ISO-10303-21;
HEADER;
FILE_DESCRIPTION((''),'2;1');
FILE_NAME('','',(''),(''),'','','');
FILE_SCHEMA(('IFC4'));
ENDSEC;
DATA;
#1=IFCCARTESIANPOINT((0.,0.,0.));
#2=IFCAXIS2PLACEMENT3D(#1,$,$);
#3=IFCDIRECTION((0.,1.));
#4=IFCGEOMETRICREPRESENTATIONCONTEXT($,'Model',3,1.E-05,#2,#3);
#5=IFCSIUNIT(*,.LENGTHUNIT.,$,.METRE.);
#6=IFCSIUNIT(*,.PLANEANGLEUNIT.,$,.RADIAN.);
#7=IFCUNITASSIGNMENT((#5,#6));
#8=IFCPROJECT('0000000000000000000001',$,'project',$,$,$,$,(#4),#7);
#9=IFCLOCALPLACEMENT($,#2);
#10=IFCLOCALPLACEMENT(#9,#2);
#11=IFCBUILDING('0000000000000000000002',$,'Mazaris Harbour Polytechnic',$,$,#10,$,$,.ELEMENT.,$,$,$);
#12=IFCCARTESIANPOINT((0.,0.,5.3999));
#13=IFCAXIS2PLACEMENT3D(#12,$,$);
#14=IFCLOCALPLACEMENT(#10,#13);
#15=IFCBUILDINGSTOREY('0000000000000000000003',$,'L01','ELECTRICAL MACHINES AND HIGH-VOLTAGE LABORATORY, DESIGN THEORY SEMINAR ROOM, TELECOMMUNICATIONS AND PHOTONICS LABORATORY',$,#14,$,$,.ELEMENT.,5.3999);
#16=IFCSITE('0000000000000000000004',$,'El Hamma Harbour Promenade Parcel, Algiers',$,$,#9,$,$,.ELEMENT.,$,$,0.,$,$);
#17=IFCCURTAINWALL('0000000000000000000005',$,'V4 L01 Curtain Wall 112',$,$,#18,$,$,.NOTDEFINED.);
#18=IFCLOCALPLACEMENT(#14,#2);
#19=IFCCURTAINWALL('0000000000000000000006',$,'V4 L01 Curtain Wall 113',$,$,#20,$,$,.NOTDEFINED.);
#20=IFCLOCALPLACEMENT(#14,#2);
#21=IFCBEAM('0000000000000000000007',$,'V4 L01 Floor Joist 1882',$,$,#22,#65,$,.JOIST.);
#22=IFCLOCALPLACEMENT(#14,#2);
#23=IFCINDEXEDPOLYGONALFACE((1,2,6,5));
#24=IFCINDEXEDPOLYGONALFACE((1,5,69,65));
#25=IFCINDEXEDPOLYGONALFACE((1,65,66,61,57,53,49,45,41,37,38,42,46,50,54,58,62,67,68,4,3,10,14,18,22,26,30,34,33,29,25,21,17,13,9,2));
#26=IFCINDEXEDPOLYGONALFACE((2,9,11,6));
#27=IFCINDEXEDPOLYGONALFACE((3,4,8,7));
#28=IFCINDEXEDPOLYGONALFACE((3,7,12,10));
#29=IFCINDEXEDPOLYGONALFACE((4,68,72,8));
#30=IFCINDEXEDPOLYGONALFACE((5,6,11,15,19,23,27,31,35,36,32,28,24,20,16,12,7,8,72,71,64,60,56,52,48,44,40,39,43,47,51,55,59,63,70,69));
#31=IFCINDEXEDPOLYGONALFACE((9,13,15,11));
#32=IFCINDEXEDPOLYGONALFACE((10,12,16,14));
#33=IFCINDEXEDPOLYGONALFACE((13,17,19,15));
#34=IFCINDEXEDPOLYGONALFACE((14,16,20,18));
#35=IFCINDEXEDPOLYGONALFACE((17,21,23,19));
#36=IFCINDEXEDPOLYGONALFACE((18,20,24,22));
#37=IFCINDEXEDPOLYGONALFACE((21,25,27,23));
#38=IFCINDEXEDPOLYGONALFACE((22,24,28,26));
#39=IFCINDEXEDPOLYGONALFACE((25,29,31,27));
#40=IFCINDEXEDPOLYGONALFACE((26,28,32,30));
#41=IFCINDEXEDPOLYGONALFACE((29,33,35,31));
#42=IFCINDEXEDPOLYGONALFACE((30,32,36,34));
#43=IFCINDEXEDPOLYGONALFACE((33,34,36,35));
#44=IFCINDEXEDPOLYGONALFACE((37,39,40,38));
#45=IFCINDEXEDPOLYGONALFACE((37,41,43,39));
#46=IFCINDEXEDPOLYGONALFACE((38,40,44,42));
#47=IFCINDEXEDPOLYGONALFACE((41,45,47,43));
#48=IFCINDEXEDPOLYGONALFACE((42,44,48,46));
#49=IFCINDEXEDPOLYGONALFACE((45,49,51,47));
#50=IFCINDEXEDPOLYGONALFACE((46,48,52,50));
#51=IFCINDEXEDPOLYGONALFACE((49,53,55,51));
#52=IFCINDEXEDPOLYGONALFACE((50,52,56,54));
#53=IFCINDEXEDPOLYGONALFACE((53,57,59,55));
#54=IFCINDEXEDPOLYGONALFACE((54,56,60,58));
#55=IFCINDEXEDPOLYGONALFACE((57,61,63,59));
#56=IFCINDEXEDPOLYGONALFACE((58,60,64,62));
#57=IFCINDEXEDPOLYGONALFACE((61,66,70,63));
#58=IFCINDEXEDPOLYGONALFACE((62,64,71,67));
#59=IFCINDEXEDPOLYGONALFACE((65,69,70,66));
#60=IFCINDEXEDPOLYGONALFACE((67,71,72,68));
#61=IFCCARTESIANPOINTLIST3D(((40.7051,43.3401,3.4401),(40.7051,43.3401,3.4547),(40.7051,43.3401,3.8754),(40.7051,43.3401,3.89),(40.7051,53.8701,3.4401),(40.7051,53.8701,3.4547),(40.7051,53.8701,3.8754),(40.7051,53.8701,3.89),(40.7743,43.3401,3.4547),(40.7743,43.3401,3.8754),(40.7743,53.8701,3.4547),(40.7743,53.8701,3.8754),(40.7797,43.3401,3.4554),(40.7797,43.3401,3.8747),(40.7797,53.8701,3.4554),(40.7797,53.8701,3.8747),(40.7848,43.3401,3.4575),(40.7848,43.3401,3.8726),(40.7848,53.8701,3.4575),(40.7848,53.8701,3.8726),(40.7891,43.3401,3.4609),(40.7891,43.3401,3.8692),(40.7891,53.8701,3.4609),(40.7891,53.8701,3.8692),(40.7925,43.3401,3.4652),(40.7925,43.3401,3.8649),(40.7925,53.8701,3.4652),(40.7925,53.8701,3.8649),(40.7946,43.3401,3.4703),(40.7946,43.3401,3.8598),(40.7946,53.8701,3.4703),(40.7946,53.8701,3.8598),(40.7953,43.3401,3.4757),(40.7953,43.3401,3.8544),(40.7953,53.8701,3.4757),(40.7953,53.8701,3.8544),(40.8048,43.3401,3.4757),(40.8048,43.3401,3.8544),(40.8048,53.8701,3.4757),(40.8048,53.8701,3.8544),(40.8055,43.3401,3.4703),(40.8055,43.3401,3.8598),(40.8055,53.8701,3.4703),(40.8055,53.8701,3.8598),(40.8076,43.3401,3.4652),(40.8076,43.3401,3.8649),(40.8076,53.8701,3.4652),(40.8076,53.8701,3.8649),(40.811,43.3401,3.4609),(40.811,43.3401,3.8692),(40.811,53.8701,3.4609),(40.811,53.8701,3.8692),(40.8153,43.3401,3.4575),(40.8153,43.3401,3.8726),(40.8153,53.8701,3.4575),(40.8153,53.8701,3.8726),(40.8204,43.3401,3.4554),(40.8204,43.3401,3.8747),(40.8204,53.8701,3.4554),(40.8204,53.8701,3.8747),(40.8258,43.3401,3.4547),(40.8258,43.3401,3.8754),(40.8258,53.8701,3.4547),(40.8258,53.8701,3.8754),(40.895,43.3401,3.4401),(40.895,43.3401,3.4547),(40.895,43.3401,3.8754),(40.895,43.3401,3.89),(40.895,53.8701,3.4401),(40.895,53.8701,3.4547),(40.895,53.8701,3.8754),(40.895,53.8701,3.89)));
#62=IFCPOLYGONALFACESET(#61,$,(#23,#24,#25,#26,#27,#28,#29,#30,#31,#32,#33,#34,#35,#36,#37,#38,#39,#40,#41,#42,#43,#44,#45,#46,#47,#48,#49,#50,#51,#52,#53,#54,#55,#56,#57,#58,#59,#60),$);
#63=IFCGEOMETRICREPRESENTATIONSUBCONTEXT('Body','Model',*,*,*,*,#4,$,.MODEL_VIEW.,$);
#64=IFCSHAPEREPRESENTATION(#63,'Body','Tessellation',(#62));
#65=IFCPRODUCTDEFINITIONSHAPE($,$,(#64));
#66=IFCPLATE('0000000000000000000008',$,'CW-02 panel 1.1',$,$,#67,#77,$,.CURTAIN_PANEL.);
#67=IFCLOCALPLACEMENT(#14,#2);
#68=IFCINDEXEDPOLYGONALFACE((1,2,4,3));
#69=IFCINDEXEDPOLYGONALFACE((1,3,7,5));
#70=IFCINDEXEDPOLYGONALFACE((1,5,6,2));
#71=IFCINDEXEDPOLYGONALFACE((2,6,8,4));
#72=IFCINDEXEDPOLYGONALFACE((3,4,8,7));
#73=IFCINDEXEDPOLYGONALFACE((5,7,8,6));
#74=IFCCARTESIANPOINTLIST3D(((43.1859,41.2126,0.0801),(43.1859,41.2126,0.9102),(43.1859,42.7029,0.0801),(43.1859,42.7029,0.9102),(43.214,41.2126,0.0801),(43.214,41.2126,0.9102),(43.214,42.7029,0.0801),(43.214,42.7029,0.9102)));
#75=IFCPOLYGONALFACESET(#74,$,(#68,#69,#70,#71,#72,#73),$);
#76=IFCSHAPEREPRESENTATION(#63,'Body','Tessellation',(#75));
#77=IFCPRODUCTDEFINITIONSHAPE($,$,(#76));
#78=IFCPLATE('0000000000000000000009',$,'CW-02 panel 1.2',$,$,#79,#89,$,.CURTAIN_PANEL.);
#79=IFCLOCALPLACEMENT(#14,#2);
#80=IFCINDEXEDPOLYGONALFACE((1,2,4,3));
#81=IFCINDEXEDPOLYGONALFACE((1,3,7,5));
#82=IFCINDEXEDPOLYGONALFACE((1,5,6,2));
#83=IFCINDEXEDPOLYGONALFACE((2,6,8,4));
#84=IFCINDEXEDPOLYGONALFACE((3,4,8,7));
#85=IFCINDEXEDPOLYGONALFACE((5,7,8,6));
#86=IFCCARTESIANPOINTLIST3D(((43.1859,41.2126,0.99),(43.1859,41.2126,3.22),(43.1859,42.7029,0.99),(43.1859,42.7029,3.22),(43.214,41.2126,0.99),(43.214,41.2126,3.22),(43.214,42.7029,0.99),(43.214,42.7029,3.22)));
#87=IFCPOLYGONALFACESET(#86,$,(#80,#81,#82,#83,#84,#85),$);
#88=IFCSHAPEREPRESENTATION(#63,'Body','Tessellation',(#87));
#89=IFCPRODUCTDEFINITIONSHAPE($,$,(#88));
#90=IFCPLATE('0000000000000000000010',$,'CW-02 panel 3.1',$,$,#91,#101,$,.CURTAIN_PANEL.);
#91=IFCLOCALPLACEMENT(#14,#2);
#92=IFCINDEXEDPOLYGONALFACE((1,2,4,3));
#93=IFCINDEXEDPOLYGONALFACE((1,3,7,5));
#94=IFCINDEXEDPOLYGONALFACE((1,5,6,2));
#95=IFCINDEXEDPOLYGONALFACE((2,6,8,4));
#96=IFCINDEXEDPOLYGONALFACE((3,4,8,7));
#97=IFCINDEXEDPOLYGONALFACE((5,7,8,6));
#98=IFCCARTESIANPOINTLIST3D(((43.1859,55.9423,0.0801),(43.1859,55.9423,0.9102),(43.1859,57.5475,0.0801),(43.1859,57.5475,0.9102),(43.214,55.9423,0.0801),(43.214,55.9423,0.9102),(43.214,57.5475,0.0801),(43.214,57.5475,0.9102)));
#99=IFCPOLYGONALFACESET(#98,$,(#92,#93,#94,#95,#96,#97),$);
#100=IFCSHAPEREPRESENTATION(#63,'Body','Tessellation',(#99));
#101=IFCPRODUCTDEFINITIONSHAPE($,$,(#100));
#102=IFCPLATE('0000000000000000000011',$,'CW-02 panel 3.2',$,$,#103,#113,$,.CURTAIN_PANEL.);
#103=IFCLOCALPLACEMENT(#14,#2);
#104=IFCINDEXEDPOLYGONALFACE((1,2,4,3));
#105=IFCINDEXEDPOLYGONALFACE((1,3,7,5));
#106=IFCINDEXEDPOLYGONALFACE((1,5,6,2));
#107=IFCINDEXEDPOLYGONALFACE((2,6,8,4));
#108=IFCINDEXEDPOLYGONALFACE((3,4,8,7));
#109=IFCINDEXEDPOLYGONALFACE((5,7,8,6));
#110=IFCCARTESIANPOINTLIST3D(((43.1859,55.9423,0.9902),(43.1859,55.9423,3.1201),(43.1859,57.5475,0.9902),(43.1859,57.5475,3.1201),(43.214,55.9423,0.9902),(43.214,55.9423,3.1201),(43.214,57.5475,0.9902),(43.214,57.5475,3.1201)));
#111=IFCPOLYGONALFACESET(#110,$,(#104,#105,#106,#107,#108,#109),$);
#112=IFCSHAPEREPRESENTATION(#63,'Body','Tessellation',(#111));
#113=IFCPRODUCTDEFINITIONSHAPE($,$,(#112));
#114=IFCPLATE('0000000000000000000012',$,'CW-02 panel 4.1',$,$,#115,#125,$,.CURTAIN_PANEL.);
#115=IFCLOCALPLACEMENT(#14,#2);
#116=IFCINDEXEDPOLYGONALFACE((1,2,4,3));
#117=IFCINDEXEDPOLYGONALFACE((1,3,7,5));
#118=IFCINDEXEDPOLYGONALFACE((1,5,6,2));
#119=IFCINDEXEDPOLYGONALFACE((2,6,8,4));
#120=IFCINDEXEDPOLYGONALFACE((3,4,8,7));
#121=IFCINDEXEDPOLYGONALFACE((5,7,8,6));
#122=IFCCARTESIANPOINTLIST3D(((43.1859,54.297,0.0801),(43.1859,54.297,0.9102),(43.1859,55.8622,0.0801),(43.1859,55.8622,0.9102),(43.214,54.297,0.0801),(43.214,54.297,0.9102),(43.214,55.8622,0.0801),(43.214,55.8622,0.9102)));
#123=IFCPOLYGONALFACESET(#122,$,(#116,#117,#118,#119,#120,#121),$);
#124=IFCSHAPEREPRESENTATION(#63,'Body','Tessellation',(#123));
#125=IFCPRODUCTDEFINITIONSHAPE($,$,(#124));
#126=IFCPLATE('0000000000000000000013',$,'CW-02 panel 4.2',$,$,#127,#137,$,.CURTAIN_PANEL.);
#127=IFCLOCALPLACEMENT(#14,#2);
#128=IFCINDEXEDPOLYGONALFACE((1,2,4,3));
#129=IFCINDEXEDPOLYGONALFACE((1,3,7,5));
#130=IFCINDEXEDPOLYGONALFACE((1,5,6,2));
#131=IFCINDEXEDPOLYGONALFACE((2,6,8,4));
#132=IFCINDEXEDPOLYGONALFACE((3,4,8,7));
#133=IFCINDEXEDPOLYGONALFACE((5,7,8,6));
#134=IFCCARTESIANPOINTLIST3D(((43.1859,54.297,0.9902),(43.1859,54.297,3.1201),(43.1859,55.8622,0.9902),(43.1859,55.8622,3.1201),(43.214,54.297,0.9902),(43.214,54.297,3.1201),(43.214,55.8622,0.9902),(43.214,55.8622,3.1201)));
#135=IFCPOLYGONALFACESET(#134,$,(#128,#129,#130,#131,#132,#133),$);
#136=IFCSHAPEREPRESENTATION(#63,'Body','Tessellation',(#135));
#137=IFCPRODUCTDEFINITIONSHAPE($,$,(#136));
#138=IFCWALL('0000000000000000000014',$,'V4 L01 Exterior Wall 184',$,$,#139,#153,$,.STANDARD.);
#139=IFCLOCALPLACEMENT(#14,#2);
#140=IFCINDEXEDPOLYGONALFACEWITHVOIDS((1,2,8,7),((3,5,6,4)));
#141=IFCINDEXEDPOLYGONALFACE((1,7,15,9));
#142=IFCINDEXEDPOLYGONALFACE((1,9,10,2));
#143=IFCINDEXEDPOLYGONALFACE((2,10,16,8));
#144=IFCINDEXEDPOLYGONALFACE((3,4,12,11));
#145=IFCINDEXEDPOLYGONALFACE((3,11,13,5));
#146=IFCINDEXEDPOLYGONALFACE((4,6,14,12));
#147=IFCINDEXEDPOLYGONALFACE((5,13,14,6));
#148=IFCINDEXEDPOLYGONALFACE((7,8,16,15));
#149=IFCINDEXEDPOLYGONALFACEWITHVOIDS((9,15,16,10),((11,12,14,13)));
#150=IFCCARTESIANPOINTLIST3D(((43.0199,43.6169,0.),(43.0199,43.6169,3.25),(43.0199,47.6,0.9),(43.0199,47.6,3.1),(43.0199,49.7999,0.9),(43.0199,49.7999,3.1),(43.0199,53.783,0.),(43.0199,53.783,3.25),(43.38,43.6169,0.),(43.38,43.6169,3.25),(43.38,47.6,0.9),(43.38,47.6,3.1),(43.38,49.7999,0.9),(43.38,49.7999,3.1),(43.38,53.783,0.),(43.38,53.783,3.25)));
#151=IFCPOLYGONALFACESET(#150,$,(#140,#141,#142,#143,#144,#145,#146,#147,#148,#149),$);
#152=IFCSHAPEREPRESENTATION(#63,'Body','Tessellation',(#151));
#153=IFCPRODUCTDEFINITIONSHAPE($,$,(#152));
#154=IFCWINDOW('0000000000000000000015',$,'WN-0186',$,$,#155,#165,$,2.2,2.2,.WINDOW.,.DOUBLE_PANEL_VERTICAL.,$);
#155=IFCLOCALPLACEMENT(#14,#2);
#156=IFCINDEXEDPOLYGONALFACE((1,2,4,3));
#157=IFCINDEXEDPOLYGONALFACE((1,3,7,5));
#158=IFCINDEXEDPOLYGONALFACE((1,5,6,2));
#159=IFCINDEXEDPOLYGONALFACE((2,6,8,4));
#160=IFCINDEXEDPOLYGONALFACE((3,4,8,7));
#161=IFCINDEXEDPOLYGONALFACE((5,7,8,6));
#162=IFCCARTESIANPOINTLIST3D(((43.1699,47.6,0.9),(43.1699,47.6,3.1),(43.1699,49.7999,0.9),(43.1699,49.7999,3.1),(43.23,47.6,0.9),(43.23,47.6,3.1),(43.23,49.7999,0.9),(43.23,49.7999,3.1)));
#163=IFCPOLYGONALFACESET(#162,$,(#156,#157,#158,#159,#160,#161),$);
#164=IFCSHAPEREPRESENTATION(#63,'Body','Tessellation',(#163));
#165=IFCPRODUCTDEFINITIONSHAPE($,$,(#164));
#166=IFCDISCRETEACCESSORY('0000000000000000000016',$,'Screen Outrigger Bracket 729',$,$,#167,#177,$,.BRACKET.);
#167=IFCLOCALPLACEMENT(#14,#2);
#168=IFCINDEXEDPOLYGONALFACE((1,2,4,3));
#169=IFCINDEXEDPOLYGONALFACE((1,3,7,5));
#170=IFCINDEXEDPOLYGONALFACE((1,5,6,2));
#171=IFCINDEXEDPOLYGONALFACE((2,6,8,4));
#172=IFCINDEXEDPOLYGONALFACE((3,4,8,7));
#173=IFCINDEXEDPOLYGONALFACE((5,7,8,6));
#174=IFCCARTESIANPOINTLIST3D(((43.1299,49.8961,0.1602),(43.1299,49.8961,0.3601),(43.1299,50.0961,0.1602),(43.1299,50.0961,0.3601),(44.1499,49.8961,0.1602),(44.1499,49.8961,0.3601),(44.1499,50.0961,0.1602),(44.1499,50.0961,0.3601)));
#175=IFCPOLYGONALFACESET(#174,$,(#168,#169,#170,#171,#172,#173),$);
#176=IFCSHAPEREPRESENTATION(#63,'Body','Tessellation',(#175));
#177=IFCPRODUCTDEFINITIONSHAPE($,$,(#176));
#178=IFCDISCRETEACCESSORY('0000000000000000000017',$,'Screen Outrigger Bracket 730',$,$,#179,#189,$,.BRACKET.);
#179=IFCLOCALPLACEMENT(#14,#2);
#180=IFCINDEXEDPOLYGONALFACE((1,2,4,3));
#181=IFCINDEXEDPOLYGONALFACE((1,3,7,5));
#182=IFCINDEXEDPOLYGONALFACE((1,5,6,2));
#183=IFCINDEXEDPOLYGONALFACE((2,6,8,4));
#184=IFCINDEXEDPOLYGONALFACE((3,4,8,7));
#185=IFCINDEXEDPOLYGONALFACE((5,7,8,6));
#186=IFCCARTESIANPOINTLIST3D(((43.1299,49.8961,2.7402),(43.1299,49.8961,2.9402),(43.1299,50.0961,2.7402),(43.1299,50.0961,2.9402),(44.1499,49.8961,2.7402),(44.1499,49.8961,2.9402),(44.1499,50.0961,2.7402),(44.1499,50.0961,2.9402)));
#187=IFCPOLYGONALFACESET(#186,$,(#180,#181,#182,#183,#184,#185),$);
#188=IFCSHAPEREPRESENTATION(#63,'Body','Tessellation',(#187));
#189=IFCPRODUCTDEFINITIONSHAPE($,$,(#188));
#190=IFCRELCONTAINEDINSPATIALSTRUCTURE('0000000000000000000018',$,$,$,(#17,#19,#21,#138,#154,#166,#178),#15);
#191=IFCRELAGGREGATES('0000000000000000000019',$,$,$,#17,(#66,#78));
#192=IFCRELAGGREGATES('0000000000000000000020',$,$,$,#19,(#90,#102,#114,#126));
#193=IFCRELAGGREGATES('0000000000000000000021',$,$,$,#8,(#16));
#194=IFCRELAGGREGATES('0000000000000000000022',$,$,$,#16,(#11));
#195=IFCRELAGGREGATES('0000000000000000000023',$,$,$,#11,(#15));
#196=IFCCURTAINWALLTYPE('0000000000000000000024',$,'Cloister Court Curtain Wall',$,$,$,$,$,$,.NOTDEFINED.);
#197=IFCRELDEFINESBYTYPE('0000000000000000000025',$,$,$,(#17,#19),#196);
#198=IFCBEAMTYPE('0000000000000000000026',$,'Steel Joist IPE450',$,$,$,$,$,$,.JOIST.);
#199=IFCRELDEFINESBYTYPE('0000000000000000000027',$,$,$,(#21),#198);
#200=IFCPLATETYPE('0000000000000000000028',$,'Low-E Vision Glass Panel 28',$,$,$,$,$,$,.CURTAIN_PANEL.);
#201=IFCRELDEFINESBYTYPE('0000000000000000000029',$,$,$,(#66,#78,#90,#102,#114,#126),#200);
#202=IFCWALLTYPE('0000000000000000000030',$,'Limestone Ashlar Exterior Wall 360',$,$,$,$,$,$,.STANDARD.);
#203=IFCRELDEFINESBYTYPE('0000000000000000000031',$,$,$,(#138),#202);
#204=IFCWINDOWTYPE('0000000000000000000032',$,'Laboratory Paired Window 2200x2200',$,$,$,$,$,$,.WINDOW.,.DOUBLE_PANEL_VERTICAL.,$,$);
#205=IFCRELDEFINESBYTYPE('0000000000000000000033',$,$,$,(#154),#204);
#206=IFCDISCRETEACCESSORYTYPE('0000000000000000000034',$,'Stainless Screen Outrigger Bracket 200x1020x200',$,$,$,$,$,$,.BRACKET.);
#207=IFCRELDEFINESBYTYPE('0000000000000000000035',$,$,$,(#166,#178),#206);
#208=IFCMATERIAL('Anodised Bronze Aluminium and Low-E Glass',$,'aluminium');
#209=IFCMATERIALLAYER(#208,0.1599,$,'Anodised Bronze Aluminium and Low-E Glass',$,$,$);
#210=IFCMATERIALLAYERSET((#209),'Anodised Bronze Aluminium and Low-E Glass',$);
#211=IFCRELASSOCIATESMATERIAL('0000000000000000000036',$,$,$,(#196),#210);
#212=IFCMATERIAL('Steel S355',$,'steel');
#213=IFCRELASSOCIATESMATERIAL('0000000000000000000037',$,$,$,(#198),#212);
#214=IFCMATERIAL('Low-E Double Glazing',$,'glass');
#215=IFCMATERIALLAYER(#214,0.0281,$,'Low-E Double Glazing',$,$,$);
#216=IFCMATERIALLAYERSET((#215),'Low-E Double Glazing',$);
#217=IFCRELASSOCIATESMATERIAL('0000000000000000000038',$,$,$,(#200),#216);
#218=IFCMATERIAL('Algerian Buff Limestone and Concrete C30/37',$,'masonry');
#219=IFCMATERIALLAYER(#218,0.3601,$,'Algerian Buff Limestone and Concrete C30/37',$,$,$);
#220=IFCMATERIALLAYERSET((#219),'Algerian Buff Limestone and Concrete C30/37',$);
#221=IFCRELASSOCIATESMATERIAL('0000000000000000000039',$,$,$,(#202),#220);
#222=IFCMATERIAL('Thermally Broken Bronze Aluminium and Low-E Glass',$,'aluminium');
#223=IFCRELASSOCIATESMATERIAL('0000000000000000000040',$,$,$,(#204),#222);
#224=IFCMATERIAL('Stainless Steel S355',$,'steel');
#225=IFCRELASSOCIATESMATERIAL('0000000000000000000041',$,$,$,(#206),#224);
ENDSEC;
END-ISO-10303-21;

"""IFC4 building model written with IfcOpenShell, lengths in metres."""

from ifc_helpers import new_model, si_unit, direction, frame, frame_2d, origin, origin_2d, place, context, subcontext, project, spatial, rectangle, i_section, extrude, material, layer, layer_set, material_profile, profile_set, type_object, element, fill, aggregate, save


model = new_model("IFC4")

# Units and contexts
model_context = context("Model", 3, precision=1e-05, world=origin(), true_north=direction((0.0, 1.0)))
body_context = subcontext(model_context, "Body", "Model", "MODEL_VIEW")
ifc_project = project(units=[si_unit("LENGTHUNIT", "METRE"), si_unit("PLANEANGLEUNIT", "RADIAN")], contexts=[model_context])

# Site, building, storey
site_placement = place(None, origin())
site = spatial("IfcSite", under=ifc_project, at=site_placement, Name="El Hamma Harbour Promenade Parcel, Algiers", CompositionType="ELEMENT", RefElevation=0.0)
building_placement = place(site_placement, origin())
building = spatial("IfcBuilding", under=site, at=building_placement, Name="Mazaris Harbour Polytechnic", CompositionType="ELEMENT")
storey_placement = place(building_placement, frame((0.0, 0.0, 5.3999)))
storey = spatial("IfcBuildingStorey", under=building, at=storey_placement, Name="L01", Description="ELECTRICAL MACHINES AND HIGH-VOLTAGE LABORATORY, DESIGN THEORY SEMINAR ROOM, TELECOMMUNICATIONS AND PHOTONICS LABORATORY", CompositionType="ELEMENT", Elevation=5.3999)

# Curtain walls
ifc_material_1 = material(Name="Anodised Bronze Aluminium and Low-E Glass", Category="aluminium")
ifc_layer_1 = layer(ifc_material_1, 0.1599, Name="Anodised Bronze Aluminium and Low-E Glass")
ifc_layer_set_1 = layer_set([ifc_layer_1], Name="Anodised Bronze Aluminium and Low-E Glass")
curtain_wall_type = type_object("IfcCurtainWallType", Name="Cloister Court Curtain Wall", PredefinedType="NOTDEFINED", material=ifc_layer_set_1)
curtain_wall_1_placement = place(storey_placement, origin())
curtain_wall_1 = element("IfcCurtainWall", 1, at=curtain_wall_1_placement, inside=storey, type_object=curtain_wall_type, Name="V4 L01 Curtain Wall 112", PredefinedType="NOTDEFINED")
curtain_wall_2_placement = place(storey_placement, origin())
curtain_wall_2 = element("IfcCurtainWall", 2, at=curtain_wall_2_placement, inside=storey, type_object=curtain_wall_type, Name="V4 L01 Curtain Wall 113", PredefinedType="NOTDEFINED")

# Beam
ifc_material_2 = material(Name="Steel S355", Category="steel")
ifc_material_profile_1 = material_profile(ifc_material_2, i_section(OverallWidth=0.1899, OverallDepth=0.45, WebThickness=0.0095, FlangeThickness=0.0146, FilletRadius=0.021, at=origin_2d()), Name="IPE 450")
ifc_profile_set_1 = profile_set([ifc_material_profile_1], Name="Steel S355")
beam_type_1 = type_object("IfcBeamType", Name="Steel Joist IPE450", PredefinedType="JOIST", material=ifc_profile_set_1)
beam_1_placement = place(storey_placement, frame((40.8, 43.3401, 3.665), z_axis=(0.0, 1.0, 0.0), x_axis=(-1.0, 0.0, 0.0)))
element("IfcBeam", 3, at=beam_1_placement, inside=storey, type_object=beam_type_1, Name="V4 L01 Floor Joist 1882", PredefinedType="JOIST", context=body_context, shape_type="SweptSolid", body=[
    extrude(i_section(OverallWidth=0.1899, OverallDepth=0.45, WebThickness=0.0095, FlangeThickness=0.0146, FilletRadius=0.021, at=origin_2d()), origin(), (0.0, 0.0, 1.0), 10.53),
])

# Plates
ifc_material_3 = material(Name="Low-E Double Glazing", Category="glass")
ifc_layer_2 = layer(ifc_material_3, 0.0281, Name="Low-E Double Glazing")
ifc_layer_set_2 = layer_set([ifc_layer_2], Name="Low-E Double Glazing")
plate_type = type_object("IfcPlateType", Name="Low-E Vision Glass Panel 28", PredefinedType="CURTAIN_PANEL", material=ifc_layer_set_2)
plate_1_placement = place(storey_placement, frame((43.2, 41.9578, 0.0801), z_axis=(0.0, 0.0, 1.0), x_axis=(0.0, -1.0, 0.0)))
plate_1 = element("IfcPlate", 4, at=plate_1_placement, type_object=plate_type, Name="CW-02 panel 1.1", PredefinedType="CURTAIN_PANEL", context=body_context, shape_type="SweptSolid", body=[
    extrude(rectangle(XDim=1.4902, YDim=0.0281, at=origin_2d()), origin(), (0.0, 0.0, 1.0), 0.8301),
])
plate_2_placement = place(storey_placement, frame((43.2, 41.9578, 0.99), z_axis=(0.0, 0.0, 1.0), x_axis=(0.0, -1.0, 0.0)))
plate_2 = element("IfcPlate", 5, at=plate_2_placement, type_object=plate_type, Name="CW-02 panel 1.2", PredefinedType="CURTAIN_PANEL", context=body_context, shape_type="SweptSolid", body=[
    extrude(rectangle(XDim=1.4902, YDim=0.0281, at=origin_2d()), origin(), (0.0, 0.0, 1.0), 2.23),
])
aggregate(curtain_wall_1, [plate_1, plate_2])
plate_3_placement = place(storey_placement, frame((43.2, 56.7449, 0.0801), z_axis=(0.0, 0.0, 1.0), x_axis=(0.0, -1.0, 0.0)))
plate_3 = element("IfcPlate", 6, at=plate_3_placement, type_object=plate_type, Name="CW-02 panel 3.1", PredefinedType="CURTAIN_PANEL", context=body_context, shape_type="SweptSolid", body=[
    extrude(rectangle(XDim=1.6052, YDim=0.0281, at=origin_2d()), origin(), (0.0, 0.0, 1.0), 0.8301),
])
plate_4_placement = place(storey_placement, frame((43.2, 56.7449, 0.9902), z_axis=(0.0, 0.0, 1.0), x_axis=(0.0, -1.0, 0.0)))
plate_4 = element("IfcPlate", 7, at=plate_4_placement, type_object=plate_type, Name="CW-02 panel 3.2", PredefinedType="CURTAIN_PANEL", context=body_context, shape_type="SweptSolid", body=[
    extrude(rectangle(XDim=1.6052, YDim=0.0281, at=origin_2d()), origin(), (0.0, 0.0, 1.0), 2.1299),
])
plate_5_placement = place(storey_placement, frame((43.2, 55.0796, 0.0801), z_axis=(0.0, 0.0, 1.0), x_axis=(0.0, -1.0, 0.0)))
plate_5 = element("IfcPlate", 8, at=plate_5_placement, type_object=plate_type, Name="CW-02 panel 4.1", PredefinedType="CURTAIN_PANEL", context=body_context, shape_type="SweptSolid", body=[
    extrude(rectangle(XDim=1.5652, YDim=0.0281, at=origin_2d()), origin(), (0.0, 0.0, 1.0), 0.8301),
])
plate_6_placement = place(storey_placement, frame((43.2, 55.0796, 0.9902), z_axis=(0.0, 0.0, 1.0), x_axis=(0.0, -1.0, 0.0)))
plate_6 = element("IfcPlate", 9, at=plate_6_placement, type_object=plate_type, Name="CW-02 panel 4.2", PredefinedType="CURTAIN_PANEL", context=body_context, shape_type="SweptSolid", body=[
    extrude(rectangle(XDim=1.5652, YDim=0.0281, at=origin_2d()), origin(), (0.0, 0.0, 1.0), 2.1299),
])
aggregate(curtain_wall_2, [plate_3, plate_4, plate_5, plate_6])

# Wall, opening, window
ifc_material_4 = material(Name="Algerian Buff Limestone and Concrete C30/37", Category="masonry")
ifc_layer_3 = layer(ifc_material_4, 0.3601, Name="Algerian Buff Limestone and Concrete C30/37")
ifc_layer_set_3 = layer_set([ifc_layer_3], Name="Algerian Buff Limestone and Concrete C30/37")
wall_type = type_object("IfcWallType", Name="Limestone Ashlar Exterior Wall 360", PredefinedType="STANDARD", material=ifc_layer_set_3)
wall_placement = place(storey_placement, frame((43.2, 53.783, 0.0), z_axis=(0.0, 0.0, 1.0), x_axis=(0.0, -1.0, 0.0)))
wall = element("IfcWall", 10, at=wall_placement, inside=storey, type_object=wall_type, Name="V4 L01 Exterior Wall 184", PredefinedType="STANDARD", context=body_context, shape_type="SweptSolid", body=[
    extrude(rectangle(XDim=10.166, YDim=0.3601, at=frame_2d((5.083, 0.0))), origin(), (0.0, 0.0, 1.0), 3.25),
])
opening_placement = place(wall_placement, frame((3.9829, 0.0, 0.8999)))
opening = element("IfcOpeningElement", 11, at=opening_placement, cuts=wall, PredefinedType="OPENING", context=body_context, shape_type="SweptSolid", body=[
    extrude(rectangle(XDim=2.2, YDim=2.2, at=frame_2d((1.1001, 1.1001))), frame((0.0, 0.1899, 0.0), z_axis=(0.0, -1.0, 0.0), x_axis=(1.0, 0.0, 0.0)), (0.0, 0.0, 1.0), 0.3801),
])
ifc_material_5 = material(Name="Thermally Broken Bronze Aluminium and Low-E Glass", Category="aluminium")
window_type = type_object("IfcWindowType", Name="Laboratory Paired Window 2200x2200", PartitioningType="DOUBLE_PANEL_VERTICAL", PredefinedType="WINDOW", material=ifc_material_5)
window_placement = place(opening_placement, origin())
window = element("IfcWindow", 12, at=window_placement, inside=storey, type_object=window_type, Name="WN-0186", OverallHeight=2.2, OverallWidth=2.2, PartitioningType="DOUBLE_PANEL_VERTICAL", PredefinedType="WINDOW", context=body_context, shape_type="SweptSolid", body=[
    extrude(rectangle(XDim=2.2, YDim=2.2, at=frame_2d((1.1001, 1.1001))), frame((0.0, 0.03, 0.0), z_axis=(0.0, -1.0, 0.0), x_axis=(1.0, 0.0, 0.0)), (0.0, 0.0, 1.0), 0.0601),
])
fill(opening, window)

# Discrete accessories
ifc_material_6 = material(Name="Stainless Steel S355", Category="steel")
discrete_accessory_type = type_object("IfcDiscreteAccessoryType", Name="Stainless Screen Outrigger Bracket 200x1020x200", PredefinedType="BRACKET", material=ifc_material_6)
for number, where, z_axis, x_axis, name in (
    (13, (43.6399, 49.9961, 0.1602), (0.0, 0.0, 1.0), (0.0, -1.0, 0.0), "Screen Outrigger Bracket 729"),
    (14, (43.6399, 49.9961, 2.7402), (0.0, 0.0, 1.0), (0.0, -1.0, 0.0), "Screen Outrigger Bracket 730"),
):
    element("IfcDiscreteAccessory", number, at=place(storey_placement, frame(where, z_axis=z_axis, x_axis=x_axis)), inside=storey, type_object=discrete_accessory_type, Name=name, PredefinedType="BRACKET", context=body_context, shape_type="SweptSolid", body=[
        extrude(rectangle(XDim=0.2, YDim=1.02, at=origin_2d()), origin(), (0.0, 0.0, 1.0), 0.2),
    ])

save(model, "model.ifc")
